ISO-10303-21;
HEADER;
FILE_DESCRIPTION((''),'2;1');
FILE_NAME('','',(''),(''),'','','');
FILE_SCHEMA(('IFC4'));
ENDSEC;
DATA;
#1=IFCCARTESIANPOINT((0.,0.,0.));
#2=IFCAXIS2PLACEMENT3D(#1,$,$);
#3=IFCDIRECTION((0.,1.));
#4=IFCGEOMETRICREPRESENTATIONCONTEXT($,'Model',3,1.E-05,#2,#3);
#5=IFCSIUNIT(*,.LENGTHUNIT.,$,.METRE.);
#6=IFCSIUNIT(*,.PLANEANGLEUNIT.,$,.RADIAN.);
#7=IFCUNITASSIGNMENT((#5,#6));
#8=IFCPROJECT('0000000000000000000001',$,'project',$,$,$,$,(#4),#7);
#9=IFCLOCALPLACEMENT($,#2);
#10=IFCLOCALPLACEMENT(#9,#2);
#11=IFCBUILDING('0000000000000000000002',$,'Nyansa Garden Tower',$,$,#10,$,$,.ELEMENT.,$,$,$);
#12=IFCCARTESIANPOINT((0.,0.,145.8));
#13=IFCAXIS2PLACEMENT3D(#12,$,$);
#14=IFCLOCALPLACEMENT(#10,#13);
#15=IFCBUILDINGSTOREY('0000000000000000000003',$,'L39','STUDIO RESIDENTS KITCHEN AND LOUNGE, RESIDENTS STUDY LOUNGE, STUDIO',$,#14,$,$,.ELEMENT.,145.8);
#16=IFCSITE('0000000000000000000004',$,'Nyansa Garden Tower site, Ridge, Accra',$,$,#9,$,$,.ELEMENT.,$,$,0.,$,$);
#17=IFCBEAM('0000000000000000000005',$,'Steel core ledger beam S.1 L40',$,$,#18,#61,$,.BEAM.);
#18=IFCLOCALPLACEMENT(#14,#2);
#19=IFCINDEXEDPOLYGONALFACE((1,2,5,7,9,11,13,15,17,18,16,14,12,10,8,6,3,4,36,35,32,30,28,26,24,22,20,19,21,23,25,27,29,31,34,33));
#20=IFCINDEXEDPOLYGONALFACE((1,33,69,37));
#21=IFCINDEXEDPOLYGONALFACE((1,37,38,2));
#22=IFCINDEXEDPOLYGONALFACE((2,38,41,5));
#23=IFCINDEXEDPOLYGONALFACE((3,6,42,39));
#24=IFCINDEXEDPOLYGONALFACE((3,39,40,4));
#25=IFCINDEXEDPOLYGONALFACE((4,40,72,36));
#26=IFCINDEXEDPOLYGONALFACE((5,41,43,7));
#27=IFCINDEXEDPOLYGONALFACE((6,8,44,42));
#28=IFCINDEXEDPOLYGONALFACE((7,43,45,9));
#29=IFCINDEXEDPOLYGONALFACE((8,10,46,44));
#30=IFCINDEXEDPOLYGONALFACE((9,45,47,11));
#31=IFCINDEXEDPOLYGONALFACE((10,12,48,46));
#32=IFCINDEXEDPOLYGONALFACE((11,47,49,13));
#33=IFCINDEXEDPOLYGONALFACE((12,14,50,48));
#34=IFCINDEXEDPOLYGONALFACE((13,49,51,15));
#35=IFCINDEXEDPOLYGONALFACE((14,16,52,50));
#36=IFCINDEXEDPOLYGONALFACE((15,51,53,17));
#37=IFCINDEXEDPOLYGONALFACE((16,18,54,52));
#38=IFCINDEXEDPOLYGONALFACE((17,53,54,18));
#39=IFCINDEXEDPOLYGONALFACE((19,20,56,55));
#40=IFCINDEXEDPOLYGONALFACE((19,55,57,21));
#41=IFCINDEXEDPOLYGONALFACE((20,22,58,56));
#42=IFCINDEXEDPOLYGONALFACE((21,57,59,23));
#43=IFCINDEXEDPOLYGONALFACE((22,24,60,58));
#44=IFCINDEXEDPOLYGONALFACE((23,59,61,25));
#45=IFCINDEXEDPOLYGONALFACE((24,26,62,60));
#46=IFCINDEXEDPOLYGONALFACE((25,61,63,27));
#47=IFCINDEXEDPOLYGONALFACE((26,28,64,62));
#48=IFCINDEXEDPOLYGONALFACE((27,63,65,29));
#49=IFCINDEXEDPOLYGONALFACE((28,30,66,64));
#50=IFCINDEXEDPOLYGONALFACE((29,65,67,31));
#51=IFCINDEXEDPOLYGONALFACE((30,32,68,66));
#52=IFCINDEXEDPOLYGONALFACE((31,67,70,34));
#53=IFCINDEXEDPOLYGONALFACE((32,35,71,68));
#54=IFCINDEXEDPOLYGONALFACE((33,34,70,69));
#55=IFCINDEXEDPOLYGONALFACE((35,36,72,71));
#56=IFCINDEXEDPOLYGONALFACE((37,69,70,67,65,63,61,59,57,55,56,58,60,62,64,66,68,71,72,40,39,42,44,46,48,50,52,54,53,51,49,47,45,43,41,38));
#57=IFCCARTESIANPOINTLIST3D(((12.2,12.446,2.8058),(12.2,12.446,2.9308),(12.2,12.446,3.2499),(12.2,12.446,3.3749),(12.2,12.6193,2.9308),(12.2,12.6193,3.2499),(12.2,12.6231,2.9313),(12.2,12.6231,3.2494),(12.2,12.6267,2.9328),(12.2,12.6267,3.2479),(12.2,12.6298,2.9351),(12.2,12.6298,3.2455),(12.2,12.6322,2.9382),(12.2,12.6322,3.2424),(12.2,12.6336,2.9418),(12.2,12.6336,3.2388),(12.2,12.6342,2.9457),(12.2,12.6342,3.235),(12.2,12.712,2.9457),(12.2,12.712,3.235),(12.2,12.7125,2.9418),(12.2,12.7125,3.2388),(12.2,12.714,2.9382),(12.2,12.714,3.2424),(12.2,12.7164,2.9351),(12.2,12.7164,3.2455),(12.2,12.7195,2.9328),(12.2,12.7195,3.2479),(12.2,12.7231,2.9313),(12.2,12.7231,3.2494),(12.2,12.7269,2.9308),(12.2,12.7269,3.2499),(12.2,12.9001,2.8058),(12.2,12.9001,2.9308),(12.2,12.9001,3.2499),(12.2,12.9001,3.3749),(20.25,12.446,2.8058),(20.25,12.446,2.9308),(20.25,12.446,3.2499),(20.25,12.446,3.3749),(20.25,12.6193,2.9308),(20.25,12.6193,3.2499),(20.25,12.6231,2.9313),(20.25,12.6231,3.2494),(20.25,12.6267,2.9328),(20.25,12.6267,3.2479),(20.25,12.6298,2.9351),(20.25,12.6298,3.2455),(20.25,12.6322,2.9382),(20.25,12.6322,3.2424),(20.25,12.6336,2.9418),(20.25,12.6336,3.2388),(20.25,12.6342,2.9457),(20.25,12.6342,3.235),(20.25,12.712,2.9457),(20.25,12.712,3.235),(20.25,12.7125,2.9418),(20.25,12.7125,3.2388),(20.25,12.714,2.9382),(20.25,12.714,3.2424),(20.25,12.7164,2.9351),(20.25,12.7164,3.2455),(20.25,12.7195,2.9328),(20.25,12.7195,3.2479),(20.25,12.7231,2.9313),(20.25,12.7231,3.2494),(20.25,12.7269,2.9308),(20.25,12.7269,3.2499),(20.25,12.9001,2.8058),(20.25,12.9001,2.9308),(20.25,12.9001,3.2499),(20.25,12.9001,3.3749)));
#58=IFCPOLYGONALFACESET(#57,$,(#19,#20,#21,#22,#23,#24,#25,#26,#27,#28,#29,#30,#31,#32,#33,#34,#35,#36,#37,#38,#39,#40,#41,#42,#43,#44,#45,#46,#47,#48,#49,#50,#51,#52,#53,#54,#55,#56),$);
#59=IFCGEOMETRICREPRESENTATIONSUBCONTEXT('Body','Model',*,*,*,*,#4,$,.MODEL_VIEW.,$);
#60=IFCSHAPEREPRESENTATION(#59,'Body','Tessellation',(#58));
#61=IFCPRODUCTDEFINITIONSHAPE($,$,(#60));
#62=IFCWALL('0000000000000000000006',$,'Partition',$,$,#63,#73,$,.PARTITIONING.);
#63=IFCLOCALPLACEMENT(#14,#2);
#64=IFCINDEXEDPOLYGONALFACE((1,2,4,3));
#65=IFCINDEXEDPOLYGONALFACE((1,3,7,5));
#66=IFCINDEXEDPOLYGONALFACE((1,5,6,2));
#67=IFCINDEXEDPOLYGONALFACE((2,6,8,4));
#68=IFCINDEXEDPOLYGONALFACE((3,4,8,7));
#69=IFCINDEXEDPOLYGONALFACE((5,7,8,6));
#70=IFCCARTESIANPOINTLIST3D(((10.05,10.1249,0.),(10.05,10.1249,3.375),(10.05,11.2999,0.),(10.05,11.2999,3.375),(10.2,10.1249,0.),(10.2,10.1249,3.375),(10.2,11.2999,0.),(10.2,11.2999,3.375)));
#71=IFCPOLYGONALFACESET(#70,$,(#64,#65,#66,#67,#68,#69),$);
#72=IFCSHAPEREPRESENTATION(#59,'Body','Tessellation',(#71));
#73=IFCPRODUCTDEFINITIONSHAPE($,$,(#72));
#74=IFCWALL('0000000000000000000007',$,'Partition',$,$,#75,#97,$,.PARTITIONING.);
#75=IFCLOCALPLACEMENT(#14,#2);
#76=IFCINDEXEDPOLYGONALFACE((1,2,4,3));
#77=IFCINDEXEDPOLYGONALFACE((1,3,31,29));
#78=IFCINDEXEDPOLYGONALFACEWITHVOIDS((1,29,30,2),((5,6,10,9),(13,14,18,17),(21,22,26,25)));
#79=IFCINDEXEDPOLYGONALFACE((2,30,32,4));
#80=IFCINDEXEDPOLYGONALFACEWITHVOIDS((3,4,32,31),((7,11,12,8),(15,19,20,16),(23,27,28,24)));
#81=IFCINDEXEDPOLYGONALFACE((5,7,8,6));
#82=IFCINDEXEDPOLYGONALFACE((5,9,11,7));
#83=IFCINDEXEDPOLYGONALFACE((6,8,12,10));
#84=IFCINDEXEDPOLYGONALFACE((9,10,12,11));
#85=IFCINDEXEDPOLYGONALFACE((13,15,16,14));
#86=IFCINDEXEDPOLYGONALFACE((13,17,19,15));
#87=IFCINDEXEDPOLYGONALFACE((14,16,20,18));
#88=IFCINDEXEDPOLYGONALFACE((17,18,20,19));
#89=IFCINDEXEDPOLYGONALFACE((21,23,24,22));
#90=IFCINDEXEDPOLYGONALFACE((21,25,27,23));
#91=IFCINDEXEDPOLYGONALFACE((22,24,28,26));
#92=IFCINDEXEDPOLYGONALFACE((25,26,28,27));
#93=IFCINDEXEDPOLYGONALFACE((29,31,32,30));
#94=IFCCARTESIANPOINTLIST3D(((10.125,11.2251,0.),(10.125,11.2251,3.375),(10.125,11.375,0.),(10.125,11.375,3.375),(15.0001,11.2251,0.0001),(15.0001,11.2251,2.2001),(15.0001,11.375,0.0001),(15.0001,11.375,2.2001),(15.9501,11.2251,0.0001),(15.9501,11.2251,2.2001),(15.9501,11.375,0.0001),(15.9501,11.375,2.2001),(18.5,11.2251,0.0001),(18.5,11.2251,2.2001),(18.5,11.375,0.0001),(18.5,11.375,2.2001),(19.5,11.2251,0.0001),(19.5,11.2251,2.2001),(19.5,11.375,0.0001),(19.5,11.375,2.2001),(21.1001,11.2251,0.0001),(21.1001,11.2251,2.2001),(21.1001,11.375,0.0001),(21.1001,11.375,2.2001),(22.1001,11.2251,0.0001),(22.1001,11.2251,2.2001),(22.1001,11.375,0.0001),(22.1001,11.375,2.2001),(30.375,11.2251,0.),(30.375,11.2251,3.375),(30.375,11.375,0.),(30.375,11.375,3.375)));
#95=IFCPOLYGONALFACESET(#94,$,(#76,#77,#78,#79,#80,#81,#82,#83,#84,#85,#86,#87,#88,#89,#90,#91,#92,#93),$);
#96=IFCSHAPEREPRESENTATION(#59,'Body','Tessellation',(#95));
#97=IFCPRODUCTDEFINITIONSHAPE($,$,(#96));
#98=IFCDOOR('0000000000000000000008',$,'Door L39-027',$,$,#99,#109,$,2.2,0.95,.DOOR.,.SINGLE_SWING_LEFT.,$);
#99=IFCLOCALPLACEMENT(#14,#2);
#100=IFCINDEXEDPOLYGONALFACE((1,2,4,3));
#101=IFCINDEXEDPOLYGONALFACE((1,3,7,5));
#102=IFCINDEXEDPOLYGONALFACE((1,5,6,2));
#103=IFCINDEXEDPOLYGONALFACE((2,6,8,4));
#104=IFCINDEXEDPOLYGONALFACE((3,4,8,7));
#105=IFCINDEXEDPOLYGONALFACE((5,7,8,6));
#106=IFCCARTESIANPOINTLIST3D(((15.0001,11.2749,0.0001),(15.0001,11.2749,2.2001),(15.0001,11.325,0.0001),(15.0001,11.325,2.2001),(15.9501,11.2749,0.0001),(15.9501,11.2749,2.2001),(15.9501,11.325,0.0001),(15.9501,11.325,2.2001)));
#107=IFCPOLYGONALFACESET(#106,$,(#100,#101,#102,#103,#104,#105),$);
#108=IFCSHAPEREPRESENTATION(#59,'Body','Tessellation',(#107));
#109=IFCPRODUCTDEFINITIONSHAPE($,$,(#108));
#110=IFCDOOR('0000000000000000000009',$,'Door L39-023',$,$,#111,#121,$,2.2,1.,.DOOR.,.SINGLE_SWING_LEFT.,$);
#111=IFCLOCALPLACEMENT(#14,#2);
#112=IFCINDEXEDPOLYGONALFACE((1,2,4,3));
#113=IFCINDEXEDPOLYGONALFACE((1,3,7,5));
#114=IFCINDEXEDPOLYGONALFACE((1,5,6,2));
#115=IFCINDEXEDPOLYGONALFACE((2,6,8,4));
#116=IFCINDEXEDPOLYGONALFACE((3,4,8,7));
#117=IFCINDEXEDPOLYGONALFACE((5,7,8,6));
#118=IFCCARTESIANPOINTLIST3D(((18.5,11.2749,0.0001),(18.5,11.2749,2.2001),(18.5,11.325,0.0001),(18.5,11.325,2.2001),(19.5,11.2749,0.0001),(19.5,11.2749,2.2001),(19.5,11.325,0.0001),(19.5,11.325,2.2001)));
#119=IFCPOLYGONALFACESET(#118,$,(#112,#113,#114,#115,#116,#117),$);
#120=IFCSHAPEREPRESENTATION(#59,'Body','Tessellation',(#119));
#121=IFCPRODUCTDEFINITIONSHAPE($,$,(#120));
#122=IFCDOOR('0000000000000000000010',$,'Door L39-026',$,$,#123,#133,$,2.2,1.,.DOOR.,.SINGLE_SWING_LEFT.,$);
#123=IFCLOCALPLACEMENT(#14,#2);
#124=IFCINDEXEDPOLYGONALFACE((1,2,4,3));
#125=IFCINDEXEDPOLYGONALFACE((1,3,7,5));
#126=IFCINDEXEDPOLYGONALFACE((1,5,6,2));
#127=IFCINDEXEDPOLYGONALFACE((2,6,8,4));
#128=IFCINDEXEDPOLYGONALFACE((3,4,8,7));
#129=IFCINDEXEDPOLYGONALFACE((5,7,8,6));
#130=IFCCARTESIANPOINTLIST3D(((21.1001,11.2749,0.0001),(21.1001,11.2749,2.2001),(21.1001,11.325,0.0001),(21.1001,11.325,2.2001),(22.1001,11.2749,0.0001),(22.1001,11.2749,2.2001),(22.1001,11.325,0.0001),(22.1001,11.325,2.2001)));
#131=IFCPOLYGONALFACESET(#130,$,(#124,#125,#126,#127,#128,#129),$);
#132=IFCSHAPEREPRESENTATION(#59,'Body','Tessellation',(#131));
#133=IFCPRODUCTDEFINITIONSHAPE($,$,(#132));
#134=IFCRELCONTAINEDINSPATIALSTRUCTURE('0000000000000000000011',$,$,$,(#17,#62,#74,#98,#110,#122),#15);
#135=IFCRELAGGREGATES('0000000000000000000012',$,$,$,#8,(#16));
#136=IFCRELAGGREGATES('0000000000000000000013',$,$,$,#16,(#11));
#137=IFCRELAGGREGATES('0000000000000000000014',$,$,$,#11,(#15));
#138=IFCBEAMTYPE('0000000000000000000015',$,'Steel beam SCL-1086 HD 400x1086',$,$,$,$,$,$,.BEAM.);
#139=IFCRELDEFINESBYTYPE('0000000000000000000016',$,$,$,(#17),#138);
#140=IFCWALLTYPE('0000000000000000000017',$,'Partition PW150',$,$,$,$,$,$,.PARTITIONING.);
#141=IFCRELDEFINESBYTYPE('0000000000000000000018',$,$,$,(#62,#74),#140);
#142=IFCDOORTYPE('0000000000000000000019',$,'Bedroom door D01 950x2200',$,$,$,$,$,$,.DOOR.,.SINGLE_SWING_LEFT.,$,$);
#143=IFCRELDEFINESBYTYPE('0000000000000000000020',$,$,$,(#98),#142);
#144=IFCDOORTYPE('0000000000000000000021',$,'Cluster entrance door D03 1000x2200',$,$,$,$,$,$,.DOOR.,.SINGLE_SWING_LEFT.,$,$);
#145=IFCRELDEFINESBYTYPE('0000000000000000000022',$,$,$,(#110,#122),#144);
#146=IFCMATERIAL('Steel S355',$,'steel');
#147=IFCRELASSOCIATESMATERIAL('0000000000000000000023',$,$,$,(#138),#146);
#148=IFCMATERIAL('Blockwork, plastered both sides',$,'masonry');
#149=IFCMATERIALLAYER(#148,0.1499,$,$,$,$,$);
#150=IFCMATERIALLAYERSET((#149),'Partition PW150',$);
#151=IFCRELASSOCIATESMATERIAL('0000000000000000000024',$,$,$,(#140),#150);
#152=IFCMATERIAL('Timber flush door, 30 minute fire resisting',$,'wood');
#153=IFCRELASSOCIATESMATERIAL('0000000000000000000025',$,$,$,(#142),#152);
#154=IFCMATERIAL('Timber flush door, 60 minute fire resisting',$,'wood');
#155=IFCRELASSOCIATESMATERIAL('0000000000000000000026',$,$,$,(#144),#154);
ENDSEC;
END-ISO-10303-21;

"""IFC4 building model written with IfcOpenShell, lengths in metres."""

from ifc_helpers import new_model, si_unit, direction, frame, frame_2d, origin, origin_2d, place, context, subcontext, project, spatial, rectangle, i_section, extrude, material, layer, layer_set, material_profile, profile_set, type_object, element, fill, save


model = new_model("IFC4")

# Units and contexts
model_context = context("Model", 3, precision=1e-05, world=origin(), true_north=direction((0.0, 1.0)))
body_context = subcontext(model_context, "Body", "Model", "MODEL_VIEW")
ifc_project = project(units=[si_unit("LENGTHUNIT", "METRE"), si_unit("PLANEANGLEUNIT", "RADIAN")], contexts=[model_context])

# Site, building, storey
site_placement = place(None, origin())
site = spatial("IfcSite", under=ifc_project, at=site_placement, Name="Nyansa Garden Tower site, Ridge, Accra", CompositionType="ELEMENT", RefElevation=0.0)
building_placement = place(site_placement, origin())
building = spatial("IfcBuilding", under=site, at=building_placement, Name="Nyansa Garden Tower", CompositionType="ELEMENT")
storey_placement = place(building_placement, frame((0.0, 0.0, 145.8)))
storey = spatial("IfcBuildingStorey", under=building, at=storey_placement, Name="L39", Description="STUDIO RESIDENTS KITCHEN AND LOUNGE, RESIDENTS STUDY LOUNGE, STUDIO", CompositionType="ELEMENT", Elevation=145.8)

# Beam
ifc_material_1 = material(Name="Steel S355", Category="steel")
ifc_material_profile_1 = material_profile(ifc_material_1, i_section(OverallWidth=0.4541, OverallDepth=0.5691, WebThickness=0.0779, FlangeThickness=0.125, FilletRadius=0.0149, at=origin_2d()), Name="HD 400x1086")
ifc_profile_set_1 = profile_set([ifc_material_profile_1], Name="Steel S355")
beam_type_1 = type_object("IfcBeamType", Name="Steel beam SCL-1086 HD 400x1086", PredefinedType="BEAM", material=ifc_profile_set_1)
beam_1_placement = place(storey_placement, frame((12.2, 12.6731, 3.0903), z_axis=(1.0, 0.0, 0.0), x_axis=(0.0, 1.0, 0.0)))
element("IfcBeam", 1, at=beam_1_placement, inside=storey, type_object=beam_type_1, Name="Steel core ledger beam S.1 L40", PredefinedType="BEAM", context=body_context, shape_type="SweptSolid", body=[
    extrude(i_section(OverallWidth=0.4541, OverallDepth=0.5691, WebThickness=0.0779, FlangeThickness=0.125, FilletRadius=0.0149, at=origin_2d()), origin(), (0.0, 0.0, 1.0), 8.05),
])

# Wall
ifc_material_2 = material(Name="Blockwork, plastered both sides", Category="masonry")
ifc_layer = layer(ifc_material_2, 0.1499)
ifc_layer_set = layer_set([ifc_layer], Name="Partition PW150")
wall_type = type_object("IfcWallType", Name="Partition PW150", PredefinedType="PARTITIONING", material=ifc_layer_set)
wall_1_placement = place(storey_placement, frame((10.125, 10.125, 0.0), z_axis=(0.0, 0.0, 1.0), x_axis=(0.0, 1.0, 0.0)))
element("IfcWall", 2, at=wall_1_placement, inside=storey, type_object=wall_type, Name="Partition", PredefinedType="PARTITIONING", context=body_context, shape_type="SweptSolid", body=[
    extrude(rectangle(XDim=1.175, YDim=0.1499, at=frame_2d((0.5874, 0.0))), origin(), (0.0, 0.0, 1.0), 3.375),
])

# Wall, openings, doors
wall_2_placement = place(storey_placement, frame((10.125, 11.3, 0.0), z_axis=(0.0, 0.0, 1.0), x_axis=(1.0, 0.0, 0.0)))
wall_2 = element("IfcWall", 3, at=wall_2_placement, inside=storey, type_object=wall_type, Name="Partition", PredefinedType="PARTITIONING", context=body_context, shape_type="SweptSolid", body=[
    extrude(rectangle(XDim=20.25, YDim=0.1499, at=frame_2d((10.125, 0.0))), origin(), (0.0, 0.0, 1.0), 3.375),
])
opening_1_placement = place(wall_2_placement, frame((8.375, 0.0, 0.0)))
opening_1 = element("IfcOpeningElement", 4, at=opening_1_placement, cuts=wall_2, PredefinedType="OPENING", context=body_context, shape_type="SweptSolid", body=[
    extrude(rectangle(XDim=1.0, YDim=2.2, at=frame_2d((0.5, 1.1001))), frame((0.0, 0.085, 0.0), z_axis=(0.0, -1.0, 0.0), x_axis=(1.0, 0.0, 0.0)), (0.0, 0.0, 1.0), 0.1699),
])
opening_2_placement = place(wall_2_placement, frame((10.9751, 0.0, 0.0)))
opening_2 = element("IfcOpeningElement", 5, at=opening_2_placement, cuts=wall_2, PredefinedType="OPENING", context=body_context, shape_type="SweptSolid", body=[
    extrude(rectangle(XDim=1.0, YDim=2.2, at=frame_2d((0.5, 1.1001))), frame((0.0, 0.085, 0.0), z_axis=(0.0, -1.0, 0.0), x_axis=(1.0, 0.0, 0.0)), (0.0, 0.0, 1.0), 0.1699),
])
opening_3_placement = place(wall_2_placement, frame((4.875, 0.0, 0.0)))
opening_3 = element("IfcOpeningElement", 6, at=opening_3_placement, cuts=wall_2, PredefinedType="OPENING", context=body_context, shape_type="SweptSolid", body=[
    extrude(rectangle(XDim=0.95, YDim=2.2, at=frame_2d((0.4751, 1.1001))), frame((0.0, 0.085, 0.0), z_axis=(0.0, -1.0, 0.0), x_axis=(1.0, 0.0, 0.0)), (0.0, 0.0, 1.0), 0.1699),
])
ifc_material_3 = material(Name="Timber flush door, 30 minute fire resisting", Category="wood")
door_type_1 = type_object("IfcDoorType", Name="Bedroom door D01 950x2200", OperationType="SINGLE_SWING_LEFT", PredefinedType="DOOR", material=ifc_material_3)
door_1_placement = place(opening_3_placement, origin())
door_1 = element("IfcDoor", 7, at=door_1_placement, inside=storey, type_object=door_type_1, Name="Door L39-027", OperationType="SINGLE_SWING_LEFT", OverallHeight=2.2, OverallWidth=0.95, PredefinedType="DOOR", context=body_context, shape_type="SweptSolid", body=[
    extrude(rectangle(XDim=0.95, YDim=2.2, at=frame_2d((0.4751, 1.1001))), frame((0.0, 0.0249, 0.0), z_axis=(0.0, -1.0, 0.0), x_axis=(1.0, 0.0, 0.0)), (0.0, 0.0, 1.0), 0.05),
])
fill(opening_3, door_1)
ifc_material_4 = material(Name="Timber flush door, 60 minute fire resisting", Category="wood")
door_type_2 = type_object("IfcDoorType", Name="Cluster entrance door D03 1000x2200", OperationType="SINGLE_SWING_LEFT", PredefinedType="DOOR", material=ifc_material_4)
door_2_placement = place(opening_1_placement, origin())
door_2 = element("IfcDoor", 8, at=door_2_placement, inside=storey, type_object=door_type_2, Name="Door L39-023", OperationType="SINGLE_SWING_LEFT", OverallHeight=2.2, OverallWidth=1.0, PredefinedType="DOOR", context=body_context, shape_type="SweptSolid", body=[
    extrude(rectangle(XDim=1.0, YDim=2.2, at=frame_2d((0.5, 1.1001))), frame((0.0, 0.0249, 0.0), z_axis=(0.0, -1.0, 0.0), x_axis=(1.0, 0.0, 0.0)), (0.0, 0.0, 1.0), 0.05),
])
fill(opening_1, door_2)
door_3_placement = place(opening_2_placement, origin())
door_3 = element("IfcDoor", 9, at=door_3_placement, inside=storey, type_object=door_type_2, Name="Door L39-026", OperationType="SINGLE_SWING_LEFT", OverallHeight=2.2, OverallWidth=1.0, PredefinedType="DOOR", context=body_context, shape_type="SweptSolid", body=[
    extrude(rectangle(XDim=1.0, YDim=2.2, at=frame_2d((0.5, 1.1001))), frame((0.0, 0.0249, 0.0), z_axis=(0.0, -1.0, 0.0), x_axis=(1.0, 0.0, 0.0)), (0.0, 0.0, 1.0), 0.05),
])
fill(opening_2, door_3)

save(model, "model.ifc")
